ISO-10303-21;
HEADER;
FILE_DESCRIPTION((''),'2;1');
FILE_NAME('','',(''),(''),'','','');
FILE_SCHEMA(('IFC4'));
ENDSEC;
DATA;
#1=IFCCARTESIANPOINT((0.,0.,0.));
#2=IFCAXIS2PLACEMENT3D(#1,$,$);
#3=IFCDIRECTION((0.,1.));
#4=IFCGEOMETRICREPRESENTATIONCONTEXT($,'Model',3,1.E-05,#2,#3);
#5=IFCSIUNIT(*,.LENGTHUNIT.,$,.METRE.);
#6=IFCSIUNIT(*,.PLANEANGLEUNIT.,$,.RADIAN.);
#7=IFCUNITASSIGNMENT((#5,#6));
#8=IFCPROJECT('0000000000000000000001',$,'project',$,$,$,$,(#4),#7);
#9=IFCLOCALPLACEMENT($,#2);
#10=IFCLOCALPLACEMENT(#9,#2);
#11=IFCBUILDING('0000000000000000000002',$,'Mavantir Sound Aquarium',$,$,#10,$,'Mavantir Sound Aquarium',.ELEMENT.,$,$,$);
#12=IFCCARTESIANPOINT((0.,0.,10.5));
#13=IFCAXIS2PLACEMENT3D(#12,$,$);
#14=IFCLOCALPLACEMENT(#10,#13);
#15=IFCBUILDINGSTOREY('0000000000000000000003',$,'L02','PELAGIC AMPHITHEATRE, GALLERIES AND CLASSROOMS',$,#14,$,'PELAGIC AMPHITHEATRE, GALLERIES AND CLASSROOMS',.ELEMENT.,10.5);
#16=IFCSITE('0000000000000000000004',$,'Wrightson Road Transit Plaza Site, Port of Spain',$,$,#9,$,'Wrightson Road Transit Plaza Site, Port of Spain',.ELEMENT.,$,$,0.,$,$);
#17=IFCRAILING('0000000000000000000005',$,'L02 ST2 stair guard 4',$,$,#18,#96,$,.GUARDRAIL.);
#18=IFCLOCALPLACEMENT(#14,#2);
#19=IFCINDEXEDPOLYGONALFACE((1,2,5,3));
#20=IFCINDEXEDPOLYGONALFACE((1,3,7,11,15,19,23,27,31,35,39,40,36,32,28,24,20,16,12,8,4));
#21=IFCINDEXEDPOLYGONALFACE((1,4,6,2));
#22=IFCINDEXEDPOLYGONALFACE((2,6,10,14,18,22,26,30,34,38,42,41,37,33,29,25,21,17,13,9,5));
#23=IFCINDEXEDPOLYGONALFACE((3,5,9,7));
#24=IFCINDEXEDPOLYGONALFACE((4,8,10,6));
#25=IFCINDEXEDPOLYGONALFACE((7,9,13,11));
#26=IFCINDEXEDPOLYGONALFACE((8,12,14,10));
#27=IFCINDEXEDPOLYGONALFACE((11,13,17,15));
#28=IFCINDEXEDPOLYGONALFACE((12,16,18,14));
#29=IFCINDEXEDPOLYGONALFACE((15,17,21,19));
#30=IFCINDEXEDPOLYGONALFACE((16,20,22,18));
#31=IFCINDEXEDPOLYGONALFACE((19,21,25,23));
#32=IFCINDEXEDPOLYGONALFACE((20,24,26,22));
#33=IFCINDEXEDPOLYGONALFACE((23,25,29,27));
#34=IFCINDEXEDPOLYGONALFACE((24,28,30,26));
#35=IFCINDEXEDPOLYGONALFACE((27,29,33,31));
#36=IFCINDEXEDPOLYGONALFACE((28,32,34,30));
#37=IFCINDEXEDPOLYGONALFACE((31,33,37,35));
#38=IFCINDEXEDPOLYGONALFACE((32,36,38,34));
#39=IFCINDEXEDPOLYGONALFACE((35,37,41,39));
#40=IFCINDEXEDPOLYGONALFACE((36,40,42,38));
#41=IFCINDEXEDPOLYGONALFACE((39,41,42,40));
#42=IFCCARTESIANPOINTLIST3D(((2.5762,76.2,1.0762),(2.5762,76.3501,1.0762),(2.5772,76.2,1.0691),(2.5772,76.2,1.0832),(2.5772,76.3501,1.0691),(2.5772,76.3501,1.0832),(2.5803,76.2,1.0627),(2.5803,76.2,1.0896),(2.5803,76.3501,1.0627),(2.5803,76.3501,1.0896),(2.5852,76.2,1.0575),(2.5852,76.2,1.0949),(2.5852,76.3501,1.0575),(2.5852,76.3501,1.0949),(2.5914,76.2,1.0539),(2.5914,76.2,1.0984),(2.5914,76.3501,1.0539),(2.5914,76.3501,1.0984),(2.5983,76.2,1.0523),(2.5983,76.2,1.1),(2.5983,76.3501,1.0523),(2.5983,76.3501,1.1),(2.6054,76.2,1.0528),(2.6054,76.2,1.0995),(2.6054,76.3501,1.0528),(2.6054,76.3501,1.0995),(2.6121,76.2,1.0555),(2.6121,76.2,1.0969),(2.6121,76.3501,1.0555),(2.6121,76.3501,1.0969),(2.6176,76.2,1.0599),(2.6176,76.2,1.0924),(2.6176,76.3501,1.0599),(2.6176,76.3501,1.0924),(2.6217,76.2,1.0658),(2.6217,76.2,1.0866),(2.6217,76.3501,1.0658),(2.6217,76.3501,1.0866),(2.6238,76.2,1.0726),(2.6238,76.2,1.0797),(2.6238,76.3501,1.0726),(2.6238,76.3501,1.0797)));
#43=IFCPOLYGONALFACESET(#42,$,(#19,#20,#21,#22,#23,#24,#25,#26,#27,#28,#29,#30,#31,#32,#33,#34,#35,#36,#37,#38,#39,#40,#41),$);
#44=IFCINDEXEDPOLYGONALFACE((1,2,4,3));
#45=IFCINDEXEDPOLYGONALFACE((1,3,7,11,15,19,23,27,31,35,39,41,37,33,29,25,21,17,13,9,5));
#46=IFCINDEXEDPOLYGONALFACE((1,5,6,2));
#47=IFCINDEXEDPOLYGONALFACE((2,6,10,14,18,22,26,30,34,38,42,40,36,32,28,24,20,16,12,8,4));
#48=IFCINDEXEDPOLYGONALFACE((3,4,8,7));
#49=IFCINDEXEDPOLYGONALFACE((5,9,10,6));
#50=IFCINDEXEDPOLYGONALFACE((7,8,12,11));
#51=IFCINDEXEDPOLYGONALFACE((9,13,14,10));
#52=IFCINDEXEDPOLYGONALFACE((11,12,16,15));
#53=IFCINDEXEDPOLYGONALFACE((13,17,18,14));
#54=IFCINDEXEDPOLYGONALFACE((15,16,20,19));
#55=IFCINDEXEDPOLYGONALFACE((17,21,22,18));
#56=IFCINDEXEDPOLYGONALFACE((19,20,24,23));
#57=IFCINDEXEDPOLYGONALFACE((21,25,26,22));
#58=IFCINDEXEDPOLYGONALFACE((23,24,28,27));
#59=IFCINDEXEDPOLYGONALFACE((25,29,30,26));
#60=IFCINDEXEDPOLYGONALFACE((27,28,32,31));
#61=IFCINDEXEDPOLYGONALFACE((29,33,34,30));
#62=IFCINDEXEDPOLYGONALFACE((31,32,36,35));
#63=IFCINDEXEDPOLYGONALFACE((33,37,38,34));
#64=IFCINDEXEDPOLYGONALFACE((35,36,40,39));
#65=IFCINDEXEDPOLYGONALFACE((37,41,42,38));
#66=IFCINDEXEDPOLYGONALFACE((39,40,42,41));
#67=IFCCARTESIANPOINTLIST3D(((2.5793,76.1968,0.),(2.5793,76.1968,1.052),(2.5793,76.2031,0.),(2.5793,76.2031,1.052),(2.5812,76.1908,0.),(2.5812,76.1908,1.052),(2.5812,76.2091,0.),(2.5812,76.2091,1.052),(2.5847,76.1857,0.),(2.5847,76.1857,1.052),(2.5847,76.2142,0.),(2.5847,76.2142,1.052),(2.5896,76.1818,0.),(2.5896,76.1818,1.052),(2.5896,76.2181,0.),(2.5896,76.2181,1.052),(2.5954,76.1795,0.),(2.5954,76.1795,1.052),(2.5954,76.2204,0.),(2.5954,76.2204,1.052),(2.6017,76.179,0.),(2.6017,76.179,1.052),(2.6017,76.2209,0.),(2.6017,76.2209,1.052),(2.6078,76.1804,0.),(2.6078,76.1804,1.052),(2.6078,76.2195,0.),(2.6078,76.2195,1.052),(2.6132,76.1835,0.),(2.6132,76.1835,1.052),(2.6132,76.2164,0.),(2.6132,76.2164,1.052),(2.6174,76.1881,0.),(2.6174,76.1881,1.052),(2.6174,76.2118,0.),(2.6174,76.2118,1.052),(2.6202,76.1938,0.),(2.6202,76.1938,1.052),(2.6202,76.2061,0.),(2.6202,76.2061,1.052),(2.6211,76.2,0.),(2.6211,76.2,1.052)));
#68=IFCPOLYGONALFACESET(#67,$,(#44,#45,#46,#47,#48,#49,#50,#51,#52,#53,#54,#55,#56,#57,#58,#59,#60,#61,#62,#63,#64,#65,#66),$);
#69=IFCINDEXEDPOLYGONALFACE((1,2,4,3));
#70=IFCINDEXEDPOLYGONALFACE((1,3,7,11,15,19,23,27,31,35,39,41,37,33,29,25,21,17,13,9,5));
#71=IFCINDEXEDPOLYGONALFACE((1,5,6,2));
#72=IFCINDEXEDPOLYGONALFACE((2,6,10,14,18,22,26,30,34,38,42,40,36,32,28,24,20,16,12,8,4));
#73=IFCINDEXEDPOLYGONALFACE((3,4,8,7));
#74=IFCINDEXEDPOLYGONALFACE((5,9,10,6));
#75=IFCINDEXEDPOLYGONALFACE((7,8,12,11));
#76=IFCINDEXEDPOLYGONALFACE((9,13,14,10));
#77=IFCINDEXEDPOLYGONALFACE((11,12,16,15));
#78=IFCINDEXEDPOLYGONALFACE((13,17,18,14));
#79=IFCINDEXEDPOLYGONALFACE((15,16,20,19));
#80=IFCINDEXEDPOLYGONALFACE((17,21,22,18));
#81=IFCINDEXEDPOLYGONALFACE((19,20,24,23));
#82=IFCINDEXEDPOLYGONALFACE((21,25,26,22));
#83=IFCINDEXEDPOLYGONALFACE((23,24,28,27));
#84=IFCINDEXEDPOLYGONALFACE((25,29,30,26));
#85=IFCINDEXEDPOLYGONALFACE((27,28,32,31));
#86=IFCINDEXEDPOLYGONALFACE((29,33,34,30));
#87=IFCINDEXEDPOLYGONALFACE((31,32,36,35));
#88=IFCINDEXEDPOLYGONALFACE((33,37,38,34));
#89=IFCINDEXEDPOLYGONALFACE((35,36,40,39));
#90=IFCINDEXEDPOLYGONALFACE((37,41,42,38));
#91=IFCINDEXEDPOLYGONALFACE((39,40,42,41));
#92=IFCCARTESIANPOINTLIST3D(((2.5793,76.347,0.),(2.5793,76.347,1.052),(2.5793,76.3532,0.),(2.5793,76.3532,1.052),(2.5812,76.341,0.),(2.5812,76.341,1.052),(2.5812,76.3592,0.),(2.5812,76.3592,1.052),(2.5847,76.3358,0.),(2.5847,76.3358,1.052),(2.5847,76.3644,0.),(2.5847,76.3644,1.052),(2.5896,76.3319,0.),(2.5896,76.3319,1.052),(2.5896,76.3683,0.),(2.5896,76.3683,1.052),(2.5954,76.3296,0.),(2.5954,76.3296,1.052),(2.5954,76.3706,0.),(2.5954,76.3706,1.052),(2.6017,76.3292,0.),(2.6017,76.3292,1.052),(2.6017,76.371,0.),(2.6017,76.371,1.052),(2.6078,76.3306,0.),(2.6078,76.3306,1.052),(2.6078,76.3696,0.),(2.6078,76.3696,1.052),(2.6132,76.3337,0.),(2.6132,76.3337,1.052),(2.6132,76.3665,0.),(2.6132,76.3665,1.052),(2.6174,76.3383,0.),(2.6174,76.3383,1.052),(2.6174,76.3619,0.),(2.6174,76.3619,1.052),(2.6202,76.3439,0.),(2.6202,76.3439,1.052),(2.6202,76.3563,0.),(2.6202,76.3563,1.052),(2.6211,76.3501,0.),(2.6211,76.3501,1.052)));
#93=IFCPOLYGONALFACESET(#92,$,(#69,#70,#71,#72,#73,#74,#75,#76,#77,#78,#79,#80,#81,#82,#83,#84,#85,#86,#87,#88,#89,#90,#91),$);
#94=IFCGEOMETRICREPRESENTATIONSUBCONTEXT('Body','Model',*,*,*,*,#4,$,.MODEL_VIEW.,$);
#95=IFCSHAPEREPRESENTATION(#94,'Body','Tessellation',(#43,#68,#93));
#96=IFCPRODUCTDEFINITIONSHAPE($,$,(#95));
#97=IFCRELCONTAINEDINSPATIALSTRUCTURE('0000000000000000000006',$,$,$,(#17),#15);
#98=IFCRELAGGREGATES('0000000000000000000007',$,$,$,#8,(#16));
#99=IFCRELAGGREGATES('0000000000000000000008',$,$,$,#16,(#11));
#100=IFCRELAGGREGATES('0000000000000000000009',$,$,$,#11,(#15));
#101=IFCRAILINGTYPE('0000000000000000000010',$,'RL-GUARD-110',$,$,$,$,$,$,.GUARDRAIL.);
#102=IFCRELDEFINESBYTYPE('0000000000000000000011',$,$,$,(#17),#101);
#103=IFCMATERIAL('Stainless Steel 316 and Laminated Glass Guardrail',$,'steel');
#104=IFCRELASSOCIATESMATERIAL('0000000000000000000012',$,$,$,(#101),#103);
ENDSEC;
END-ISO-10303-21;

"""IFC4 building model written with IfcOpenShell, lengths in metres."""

from ifc_helpers import new_model, si_unit, direction, frame, origin, origin_2d, place, context, subcontext, project, spatial, circle, extrude, material, type_object, element, save


model = new_model("IFC4")

# Units and contexts
model_context = context("Model", 3, precision=1e-05, world=origin(), true_north=direction((0.0, 1.0)))
body_context = subcontext(model_context, "Body", "Model", "MODEL_VIEW")
ifc_project = project(units=[si_unit("LENGTHUNIT", "METRE"), si_unit("PLANEANGLEUNIT", "RADIAN")], contexts=[model_context])

# Site, building, storey
site_placement = place(None, origin())
site = spatial("IfcSite", under=ifc_project, at=site_placement, Name="Wrightson Road Transit Plaza Site, Port of Spain", LongName="Wrightson Road Transit Plaza Site, Port of Spain", CompositionType="ELEMENT", RefElevation=0.0)
building_placement = place(site_placement, origin())
building = spatial("IfcBuilding", under=site, at=building_placement, Name="Mavantir Sound Aquarium", LongName="Mavantir Sound Aquarium", CompositionType="ELEMENT")
storey_placement = place(building_placement, frame((0.0, 0.0, 10.5)))
storey = spatial("IfcBuildingStorey", under=building, at=storey_placement, Name="L02", Description="PELAGIC AMPHITHEATRE, GALLERIES AND CLASSROOMS", LongName="PELAGIC AMPHITHEATRE, GALLERIES AND CLASSROOMS", CompositionType="ELEMENT", Elevation=10.5)

# Railing
ifc_material_1 = material(Name="Stainless Steel 316 and Laminated Glass Guardrail", Category="steel")
railing_type_1 = type_object("IfcRailingType", Name="RL-GUARD-110", PredefinedType="GUARDRAIL", material=ifc_material_1)
railing_1_placement = place(storey_placement, frame((2.6001, 76.2, 0.0)))
element("IfcRailing", 1, at=railing_1_placement, inside=storey, type_object=railing_type_1, Name="L02 ST2 stair guard 4", PredefinedType="GUARDRAIL", context=body_context, shape_type="SweptSolid", body=[
    extrude(circle(Radius=0.0239, at=origin_2d()), frame((0.0, 0.0, 1.0762), z_axis=(0.0, 1.0, 0.0), x_axis=(-1.0, 0.0, 0.0)), (0.0, 0.0, 1.0), 0.1501),
    extrude(circle(Radius=0.021, at=origin_2d()), origin(), (0.0, 0.0, 1.0), 1.052),
    extrude(circle(Radius=0.021, at=origin_2d()), frame((0.0, 0.1501, 0.0)), (0.0, 0.0, 1.0), 1.052),
])

save(model, "model.ifc")
